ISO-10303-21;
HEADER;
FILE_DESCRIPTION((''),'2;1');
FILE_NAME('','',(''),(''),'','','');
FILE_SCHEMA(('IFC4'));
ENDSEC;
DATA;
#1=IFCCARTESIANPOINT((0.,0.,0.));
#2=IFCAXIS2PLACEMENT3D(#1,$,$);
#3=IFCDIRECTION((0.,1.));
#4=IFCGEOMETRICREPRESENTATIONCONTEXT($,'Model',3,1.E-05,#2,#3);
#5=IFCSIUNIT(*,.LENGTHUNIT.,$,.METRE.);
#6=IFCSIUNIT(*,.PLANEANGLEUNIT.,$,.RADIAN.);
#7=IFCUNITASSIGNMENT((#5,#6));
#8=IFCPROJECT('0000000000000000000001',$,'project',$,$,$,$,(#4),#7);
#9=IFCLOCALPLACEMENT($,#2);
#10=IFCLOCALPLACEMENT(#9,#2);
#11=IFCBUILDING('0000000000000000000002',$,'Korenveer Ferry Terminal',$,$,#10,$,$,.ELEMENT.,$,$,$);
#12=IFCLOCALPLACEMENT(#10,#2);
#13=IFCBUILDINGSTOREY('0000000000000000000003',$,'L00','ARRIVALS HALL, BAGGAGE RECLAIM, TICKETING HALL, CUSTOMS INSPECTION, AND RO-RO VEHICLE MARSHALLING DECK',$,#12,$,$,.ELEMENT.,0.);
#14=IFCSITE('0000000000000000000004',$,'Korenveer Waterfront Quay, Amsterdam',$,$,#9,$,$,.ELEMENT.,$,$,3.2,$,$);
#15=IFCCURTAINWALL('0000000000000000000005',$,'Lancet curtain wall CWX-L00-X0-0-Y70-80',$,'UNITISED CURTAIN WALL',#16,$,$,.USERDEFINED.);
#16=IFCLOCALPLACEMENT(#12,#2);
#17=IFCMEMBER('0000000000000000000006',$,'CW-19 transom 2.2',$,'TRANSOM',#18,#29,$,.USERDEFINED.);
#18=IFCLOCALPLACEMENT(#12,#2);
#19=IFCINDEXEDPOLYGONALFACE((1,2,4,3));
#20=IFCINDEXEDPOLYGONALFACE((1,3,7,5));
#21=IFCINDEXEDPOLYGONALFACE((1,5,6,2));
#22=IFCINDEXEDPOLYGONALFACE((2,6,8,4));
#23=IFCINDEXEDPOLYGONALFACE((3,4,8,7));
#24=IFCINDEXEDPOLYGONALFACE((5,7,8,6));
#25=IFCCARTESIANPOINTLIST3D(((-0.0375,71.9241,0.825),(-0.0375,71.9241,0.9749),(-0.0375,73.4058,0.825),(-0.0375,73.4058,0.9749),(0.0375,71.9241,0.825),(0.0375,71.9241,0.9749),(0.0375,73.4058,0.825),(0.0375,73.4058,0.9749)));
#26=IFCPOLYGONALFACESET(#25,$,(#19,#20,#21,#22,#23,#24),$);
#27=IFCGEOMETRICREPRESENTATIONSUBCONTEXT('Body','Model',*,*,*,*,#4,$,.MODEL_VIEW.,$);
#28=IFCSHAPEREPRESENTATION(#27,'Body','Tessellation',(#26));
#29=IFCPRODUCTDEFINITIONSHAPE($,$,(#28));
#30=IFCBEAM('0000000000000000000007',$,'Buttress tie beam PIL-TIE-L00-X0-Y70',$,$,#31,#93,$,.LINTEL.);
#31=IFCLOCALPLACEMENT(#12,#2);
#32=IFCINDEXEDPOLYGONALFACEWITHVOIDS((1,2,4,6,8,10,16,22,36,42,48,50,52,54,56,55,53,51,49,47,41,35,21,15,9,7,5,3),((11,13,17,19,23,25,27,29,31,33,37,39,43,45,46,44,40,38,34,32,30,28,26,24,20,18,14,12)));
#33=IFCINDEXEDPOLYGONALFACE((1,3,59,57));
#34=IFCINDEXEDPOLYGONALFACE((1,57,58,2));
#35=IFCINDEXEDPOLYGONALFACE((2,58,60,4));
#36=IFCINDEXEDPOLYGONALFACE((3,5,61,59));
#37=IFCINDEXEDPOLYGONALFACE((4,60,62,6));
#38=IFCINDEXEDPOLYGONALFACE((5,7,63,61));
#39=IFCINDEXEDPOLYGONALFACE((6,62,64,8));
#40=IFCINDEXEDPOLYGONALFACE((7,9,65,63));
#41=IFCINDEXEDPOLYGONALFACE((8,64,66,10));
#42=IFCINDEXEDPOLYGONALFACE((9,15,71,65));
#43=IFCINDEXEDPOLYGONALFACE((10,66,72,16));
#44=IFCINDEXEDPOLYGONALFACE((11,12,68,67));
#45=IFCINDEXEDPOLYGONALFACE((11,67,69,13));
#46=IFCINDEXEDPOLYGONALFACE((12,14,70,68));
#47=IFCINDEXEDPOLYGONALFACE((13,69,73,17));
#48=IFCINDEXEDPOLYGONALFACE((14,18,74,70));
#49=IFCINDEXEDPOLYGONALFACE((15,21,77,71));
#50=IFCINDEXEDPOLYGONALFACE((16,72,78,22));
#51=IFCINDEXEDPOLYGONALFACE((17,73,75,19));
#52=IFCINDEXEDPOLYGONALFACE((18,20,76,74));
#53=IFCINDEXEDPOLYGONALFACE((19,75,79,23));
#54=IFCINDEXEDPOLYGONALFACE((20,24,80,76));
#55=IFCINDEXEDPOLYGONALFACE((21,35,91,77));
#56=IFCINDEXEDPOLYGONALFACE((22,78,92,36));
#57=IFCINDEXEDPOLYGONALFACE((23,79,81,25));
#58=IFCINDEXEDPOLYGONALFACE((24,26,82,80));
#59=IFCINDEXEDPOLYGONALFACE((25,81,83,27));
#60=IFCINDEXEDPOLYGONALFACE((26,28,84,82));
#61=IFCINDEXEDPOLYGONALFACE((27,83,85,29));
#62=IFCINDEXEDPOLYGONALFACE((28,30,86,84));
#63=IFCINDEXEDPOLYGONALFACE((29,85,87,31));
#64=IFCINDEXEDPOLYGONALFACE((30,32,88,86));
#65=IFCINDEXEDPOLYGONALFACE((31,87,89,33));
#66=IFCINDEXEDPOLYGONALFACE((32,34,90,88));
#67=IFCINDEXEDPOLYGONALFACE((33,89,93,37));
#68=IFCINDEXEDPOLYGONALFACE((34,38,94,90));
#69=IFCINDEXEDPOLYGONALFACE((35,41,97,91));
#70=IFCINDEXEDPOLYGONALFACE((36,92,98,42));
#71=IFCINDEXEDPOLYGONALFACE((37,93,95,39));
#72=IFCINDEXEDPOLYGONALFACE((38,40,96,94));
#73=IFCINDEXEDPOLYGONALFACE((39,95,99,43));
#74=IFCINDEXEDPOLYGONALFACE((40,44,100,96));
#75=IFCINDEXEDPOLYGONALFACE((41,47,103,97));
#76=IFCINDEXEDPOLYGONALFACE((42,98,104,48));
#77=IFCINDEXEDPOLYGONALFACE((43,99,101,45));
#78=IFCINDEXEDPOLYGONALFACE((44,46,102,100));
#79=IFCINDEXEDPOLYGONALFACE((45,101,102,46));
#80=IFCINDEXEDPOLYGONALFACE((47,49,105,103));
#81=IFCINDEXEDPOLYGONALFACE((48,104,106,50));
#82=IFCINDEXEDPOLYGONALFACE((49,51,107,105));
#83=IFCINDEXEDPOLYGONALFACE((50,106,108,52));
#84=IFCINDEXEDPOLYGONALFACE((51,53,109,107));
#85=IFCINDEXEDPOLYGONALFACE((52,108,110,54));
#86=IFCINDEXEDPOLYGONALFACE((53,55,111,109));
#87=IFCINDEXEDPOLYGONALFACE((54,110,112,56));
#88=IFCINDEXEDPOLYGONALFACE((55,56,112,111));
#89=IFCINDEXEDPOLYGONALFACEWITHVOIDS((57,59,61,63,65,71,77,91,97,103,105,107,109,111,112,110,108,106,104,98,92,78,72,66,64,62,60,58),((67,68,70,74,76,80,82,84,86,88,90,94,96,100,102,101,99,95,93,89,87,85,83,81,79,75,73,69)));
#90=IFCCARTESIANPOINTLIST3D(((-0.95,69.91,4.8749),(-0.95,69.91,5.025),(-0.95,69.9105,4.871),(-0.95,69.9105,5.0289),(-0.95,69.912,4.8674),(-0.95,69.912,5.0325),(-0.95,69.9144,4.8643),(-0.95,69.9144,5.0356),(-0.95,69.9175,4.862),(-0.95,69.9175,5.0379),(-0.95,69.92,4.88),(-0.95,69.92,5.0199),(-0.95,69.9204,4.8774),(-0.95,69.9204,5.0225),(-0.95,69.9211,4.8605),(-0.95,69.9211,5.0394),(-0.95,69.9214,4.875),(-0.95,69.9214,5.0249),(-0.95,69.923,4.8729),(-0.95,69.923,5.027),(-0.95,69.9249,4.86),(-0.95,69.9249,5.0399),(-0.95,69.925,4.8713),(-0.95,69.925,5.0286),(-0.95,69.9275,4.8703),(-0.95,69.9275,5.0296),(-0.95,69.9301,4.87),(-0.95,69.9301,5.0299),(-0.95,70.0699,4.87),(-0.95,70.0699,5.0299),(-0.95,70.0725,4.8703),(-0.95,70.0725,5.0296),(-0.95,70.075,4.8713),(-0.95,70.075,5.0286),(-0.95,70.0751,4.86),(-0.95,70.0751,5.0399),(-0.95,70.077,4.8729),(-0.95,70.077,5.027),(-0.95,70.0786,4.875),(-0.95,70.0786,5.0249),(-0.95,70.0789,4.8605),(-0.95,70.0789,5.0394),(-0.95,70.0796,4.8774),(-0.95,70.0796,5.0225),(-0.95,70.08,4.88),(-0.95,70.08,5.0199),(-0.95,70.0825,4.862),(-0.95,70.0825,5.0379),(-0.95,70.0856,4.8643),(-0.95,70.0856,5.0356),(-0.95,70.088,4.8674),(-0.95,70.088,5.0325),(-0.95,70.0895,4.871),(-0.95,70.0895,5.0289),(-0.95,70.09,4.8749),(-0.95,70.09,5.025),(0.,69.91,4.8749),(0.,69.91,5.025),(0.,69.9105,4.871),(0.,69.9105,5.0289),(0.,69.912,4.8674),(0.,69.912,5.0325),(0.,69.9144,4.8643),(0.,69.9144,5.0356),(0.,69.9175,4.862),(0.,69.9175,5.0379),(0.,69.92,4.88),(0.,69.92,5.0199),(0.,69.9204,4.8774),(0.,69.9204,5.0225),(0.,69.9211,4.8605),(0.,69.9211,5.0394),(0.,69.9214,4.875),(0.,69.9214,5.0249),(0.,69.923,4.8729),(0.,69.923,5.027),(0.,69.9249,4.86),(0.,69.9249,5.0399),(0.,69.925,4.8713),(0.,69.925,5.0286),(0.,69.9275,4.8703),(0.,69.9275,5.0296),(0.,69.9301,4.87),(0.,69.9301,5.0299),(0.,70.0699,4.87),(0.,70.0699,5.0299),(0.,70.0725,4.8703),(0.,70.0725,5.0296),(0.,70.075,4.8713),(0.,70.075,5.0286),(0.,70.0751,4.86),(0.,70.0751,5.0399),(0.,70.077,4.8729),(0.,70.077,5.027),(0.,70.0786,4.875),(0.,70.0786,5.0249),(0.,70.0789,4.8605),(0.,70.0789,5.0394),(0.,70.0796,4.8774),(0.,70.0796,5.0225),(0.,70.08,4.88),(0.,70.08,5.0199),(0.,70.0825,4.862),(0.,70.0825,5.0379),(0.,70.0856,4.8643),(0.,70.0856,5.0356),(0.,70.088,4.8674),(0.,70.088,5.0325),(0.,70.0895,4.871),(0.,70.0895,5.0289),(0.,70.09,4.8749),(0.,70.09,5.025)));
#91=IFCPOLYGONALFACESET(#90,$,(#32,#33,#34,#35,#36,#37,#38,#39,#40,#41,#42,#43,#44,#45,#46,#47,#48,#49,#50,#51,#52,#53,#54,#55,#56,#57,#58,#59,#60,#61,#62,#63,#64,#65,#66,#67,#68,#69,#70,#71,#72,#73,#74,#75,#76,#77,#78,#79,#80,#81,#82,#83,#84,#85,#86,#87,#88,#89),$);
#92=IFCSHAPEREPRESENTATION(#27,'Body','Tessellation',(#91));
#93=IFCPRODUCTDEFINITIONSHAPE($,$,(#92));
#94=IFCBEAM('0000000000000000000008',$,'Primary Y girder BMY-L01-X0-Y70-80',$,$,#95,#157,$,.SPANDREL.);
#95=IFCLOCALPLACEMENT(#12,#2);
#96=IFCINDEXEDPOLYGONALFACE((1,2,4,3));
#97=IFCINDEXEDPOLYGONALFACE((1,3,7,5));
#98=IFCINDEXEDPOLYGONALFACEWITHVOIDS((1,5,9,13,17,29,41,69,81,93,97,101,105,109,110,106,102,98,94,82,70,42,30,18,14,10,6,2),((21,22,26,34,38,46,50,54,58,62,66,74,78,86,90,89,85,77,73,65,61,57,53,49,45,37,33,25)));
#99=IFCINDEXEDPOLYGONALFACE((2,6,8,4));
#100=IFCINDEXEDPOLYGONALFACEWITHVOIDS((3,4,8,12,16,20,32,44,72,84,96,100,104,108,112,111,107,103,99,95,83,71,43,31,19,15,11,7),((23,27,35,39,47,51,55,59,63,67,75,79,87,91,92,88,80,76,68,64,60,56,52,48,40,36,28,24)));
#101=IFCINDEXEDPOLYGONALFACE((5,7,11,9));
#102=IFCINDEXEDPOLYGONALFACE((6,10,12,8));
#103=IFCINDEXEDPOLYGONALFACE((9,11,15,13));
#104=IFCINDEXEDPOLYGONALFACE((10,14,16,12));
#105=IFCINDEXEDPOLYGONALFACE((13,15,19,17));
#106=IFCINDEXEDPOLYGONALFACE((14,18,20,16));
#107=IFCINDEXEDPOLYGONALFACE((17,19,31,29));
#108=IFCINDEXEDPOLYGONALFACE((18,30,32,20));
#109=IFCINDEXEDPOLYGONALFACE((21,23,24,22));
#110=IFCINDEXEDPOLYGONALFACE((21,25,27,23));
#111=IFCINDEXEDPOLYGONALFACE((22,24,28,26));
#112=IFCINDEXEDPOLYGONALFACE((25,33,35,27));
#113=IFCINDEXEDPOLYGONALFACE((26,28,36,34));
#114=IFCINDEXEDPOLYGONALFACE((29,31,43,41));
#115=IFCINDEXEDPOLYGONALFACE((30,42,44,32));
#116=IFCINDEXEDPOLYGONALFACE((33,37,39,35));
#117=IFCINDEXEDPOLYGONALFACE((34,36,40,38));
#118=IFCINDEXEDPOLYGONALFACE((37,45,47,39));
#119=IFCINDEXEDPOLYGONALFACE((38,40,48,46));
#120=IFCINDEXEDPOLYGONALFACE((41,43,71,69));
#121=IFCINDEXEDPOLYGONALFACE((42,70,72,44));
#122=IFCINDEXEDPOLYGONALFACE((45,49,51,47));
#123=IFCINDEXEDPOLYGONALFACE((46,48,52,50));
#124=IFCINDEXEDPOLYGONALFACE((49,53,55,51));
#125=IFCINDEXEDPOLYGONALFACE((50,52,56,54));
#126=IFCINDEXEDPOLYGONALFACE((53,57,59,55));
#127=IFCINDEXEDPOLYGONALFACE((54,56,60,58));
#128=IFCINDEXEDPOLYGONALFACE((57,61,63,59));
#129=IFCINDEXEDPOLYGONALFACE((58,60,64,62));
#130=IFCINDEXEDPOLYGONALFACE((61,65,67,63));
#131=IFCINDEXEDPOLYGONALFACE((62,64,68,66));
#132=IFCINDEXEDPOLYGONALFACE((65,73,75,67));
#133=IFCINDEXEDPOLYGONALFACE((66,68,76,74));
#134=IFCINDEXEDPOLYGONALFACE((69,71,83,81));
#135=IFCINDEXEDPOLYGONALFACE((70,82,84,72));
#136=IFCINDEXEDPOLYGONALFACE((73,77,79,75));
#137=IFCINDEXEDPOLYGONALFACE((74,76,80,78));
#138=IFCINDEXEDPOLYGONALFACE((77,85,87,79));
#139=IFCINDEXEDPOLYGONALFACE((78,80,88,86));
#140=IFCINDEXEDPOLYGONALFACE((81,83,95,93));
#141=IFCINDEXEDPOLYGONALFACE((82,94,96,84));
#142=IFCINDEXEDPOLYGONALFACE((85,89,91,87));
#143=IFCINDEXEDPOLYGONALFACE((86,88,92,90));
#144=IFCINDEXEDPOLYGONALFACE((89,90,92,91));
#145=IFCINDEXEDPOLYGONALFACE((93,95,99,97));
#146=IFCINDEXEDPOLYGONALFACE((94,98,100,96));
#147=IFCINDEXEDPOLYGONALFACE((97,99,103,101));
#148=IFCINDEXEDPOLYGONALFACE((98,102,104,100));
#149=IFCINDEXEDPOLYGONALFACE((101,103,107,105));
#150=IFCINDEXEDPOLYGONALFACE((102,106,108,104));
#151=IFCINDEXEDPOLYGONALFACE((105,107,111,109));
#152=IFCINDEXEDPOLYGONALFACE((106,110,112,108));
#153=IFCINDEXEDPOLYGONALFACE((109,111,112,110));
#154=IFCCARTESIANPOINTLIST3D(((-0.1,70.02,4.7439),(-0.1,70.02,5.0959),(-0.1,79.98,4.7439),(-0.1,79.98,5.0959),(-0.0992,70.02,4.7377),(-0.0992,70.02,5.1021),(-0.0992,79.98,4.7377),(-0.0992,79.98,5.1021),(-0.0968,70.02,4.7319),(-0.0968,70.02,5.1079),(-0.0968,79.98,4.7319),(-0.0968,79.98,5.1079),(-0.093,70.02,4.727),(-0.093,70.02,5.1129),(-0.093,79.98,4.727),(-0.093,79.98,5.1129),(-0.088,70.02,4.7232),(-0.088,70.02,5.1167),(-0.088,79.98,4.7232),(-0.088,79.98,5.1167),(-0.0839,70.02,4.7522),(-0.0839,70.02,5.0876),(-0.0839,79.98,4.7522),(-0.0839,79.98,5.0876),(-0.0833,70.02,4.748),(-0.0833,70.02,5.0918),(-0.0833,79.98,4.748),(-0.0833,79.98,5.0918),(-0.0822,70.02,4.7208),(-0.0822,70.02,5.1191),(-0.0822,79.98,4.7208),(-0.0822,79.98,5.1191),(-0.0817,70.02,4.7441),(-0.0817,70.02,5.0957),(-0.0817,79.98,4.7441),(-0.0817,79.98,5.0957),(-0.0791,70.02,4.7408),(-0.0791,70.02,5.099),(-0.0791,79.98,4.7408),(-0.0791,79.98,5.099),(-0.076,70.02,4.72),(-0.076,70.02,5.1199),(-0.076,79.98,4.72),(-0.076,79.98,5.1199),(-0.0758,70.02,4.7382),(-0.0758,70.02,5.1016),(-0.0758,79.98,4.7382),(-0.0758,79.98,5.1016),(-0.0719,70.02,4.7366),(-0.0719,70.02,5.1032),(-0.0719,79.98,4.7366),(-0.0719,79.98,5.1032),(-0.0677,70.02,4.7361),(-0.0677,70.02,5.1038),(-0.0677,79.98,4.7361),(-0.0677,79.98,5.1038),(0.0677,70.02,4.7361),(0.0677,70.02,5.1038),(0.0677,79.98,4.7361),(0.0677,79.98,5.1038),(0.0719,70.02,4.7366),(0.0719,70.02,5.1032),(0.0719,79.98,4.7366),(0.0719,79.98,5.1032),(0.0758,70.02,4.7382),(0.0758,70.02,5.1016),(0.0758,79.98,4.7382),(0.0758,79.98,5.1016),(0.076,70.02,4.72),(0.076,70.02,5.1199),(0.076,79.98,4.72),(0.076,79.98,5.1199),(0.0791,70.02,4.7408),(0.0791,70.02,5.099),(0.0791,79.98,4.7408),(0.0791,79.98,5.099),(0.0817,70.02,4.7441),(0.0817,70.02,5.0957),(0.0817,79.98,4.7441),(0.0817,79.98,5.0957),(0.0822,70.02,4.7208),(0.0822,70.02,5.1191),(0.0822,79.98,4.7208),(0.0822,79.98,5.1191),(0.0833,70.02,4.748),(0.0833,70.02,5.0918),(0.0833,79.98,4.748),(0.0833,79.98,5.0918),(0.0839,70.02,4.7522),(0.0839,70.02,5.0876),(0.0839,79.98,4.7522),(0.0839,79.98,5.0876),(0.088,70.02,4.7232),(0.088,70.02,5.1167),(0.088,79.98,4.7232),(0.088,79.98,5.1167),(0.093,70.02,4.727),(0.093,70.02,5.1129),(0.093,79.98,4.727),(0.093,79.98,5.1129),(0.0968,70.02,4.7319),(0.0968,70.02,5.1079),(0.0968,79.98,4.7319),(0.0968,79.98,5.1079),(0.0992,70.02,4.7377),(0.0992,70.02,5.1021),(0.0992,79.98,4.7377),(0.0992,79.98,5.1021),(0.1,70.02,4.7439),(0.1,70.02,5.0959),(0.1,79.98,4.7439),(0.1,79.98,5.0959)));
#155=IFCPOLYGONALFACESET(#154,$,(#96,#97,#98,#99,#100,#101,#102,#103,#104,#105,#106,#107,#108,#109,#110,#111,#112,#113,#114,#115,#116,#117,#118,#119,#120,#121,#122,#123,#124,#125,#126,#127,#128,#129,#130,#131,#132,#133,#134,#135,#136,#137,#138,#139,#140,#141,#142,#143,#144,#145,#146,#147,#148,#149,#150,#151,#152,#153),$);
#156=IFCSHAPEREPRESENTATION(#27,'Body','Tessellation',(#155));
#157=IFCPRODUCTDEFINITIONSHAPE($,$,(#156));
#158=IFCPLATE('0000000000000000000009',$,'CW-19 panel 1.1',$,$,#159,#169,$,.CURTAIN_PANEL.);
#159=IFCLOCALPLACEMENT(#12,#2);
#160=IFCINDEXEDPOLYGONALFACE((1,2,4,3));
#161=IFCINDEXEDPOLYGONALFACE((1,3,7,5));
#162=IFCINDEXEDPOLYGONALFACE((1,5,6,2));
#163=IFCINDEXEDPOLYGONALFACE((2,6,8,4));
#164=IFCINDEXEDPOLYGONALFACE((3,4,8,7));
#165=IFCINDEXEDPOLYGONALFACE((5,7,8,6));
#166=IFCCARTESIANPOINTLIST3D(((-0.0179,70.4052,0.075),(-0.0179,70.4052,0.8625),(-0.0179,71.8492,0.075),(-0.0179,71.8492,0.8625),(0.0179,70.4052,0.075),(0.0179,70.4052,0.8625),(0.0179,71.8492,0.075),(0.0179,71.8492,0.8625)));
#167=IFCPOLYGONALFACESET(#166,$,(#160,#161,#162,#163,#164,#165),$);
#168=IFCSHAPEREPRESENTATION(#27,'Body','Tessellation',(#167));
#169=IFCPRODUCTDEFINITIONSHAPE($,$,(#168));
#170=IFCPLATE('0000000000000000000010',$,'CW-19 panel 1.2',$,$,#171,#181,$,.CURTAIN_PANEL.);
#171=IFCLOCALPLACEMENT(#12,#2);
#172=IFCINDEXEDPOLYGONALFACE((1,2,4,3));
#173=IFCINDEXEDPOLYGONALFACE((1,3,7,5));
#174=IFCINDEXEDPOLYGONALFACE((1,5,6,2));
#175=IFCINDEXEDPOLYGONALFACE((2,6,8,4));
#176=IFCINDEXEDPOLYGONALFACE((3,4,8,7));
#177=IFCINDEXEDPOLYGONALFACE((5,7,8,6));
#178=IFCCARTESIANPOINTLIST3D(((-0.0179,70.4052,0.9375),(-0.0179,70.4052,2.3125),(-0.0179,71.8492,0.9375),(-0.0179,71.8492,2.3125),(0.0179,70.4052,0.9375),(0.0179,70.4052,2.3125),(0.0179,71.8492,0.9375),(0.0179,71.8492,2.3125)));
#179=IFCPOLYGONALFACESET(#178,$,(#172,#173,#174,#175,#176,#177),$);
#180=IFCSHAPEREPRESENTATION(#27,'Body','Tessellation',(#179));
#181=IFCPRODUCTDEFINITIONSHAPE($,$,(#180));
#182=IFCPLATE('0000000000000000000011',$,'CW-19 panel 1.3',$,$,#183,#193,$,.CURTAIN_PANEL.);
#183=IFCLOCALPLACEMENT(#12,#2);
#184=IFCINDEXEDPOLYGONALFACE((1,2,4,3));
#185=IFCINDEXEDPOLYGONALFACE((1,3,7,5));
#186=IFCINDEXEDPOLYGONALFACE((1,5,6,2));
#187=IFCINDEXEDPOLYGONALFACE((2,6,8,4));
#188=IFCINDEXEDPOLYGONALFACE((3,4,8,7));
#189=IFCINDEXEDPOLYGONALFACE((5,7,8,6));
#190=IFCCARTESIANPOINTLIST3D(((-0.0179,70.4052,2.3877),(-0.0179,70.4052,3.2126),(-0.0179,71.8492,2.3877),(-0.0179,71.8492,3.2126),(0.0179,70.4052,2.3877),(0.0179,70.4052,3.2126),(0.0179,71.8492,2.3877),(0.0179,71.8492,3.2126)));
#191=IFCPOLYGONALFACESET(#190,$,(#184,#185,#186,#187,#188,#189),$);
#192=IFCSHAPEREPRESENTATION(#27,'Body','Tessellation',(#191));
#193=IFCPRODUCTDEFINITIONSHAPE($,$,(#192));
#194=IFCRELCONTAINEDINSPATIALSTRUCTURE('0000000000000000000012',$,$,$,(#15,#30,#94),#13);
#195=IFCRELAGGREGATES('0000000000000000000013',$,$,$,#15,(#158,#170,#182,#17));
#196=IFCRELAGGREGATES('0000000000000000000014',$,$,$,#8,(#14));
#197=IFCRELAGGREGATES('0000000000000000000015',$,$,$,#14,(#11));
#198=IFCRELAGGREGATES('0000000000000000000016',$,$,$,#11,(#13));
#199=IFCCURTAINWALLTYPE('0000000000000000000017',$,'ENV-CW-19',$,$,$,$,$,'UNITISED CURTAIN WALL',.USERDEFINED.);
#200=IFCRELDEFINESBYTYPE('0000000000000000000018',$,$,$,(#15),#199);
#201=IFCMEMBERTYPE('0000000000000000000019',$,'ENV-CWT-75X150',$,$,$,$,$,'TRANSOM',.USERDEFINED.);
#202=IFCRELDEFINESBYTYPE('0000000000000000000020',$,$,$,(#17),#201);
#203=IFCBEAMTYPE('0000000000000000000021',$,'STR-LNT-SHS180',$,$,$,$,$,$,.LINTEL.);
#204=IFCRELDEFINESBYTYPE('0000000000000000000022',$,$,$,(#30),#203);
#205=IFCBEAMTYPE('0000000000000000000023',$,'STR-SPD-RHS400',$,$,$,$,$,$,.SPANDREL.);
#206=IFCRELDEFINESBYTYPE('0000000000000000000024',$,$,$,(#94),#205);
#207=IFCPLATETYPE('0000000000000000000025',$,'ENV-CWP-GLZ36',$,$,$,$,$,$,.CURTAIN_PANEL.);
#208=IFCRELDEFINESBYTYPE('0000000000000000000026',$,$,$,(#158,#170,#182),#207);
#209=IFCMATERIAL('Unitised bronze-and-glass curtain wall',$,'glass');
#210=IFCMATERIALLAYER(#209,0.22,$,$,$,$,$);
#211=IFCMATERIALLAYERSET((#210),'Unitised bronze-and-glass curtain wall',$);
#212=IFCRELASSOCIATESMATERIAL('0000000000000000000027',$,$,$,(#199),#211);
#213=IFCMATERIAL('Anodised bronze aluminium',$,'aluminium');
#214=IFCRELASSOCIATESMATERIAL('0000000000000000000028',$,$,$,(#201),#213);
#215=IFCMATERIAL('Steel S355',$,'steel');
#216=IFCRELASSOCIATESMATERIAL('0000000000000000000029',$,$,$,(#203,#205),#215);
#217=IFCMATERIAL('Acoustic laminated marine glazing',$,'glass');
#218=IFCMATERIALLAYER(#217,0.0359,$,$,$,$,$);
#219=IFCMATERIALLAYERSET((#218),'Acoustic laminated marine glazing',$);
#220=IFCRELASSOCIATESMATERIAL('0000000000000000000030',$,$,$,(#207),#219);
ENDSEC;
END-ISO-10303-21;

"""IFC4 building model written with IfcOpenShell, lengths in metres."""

from ifc_helpers import new_model, si_unit, direction, frame, origin, origin_2d, place, context, subcontext, project, spatial, rectangle, hollow_rectangle, extrude, material, layer, layer_set, material_profile, profile_set, type_object, element, aggregate, save


model = new_model("IFC4")

# Units and contexts
model_context = context("Model", 3, precision=1e-05, world=origin(), true_north=direction((0.0, 1.0)))
body_context = subcontext(model_context, "Body", "Model", "MODEL_VIEW")
ifc_project = project(units=[si_unit("LENGTHUNIT", "METRE"), si_unit("PLANEANGLEUNIT", "RADIAN")], contexts=[model_context])

# Site, building, storey
site_placement = place(None, origin())
site = spatial("IfcSite", under=ifc_project, at=site_placement, Name="Korenveer Waterfront Quay, Amsterdam", CompositionType="ELEMENT", RefElevation=3.2)
building_placement = place(site_placement, origin())
building = spatial("IfcBuilding", under=site, at=building_placement, Name="Korenveer Ferry Terminal", CompositionType="ELEMENT")
storey_placement = place(building_placement, origin())
storey = spatial("IfcBuildingStorey", under=building, at=storey_placement, Name="L00", Description="ARRIVALS HALL, BAGGAGE RECLAIM, TICKETING HALL, CUSTOMS INSPECTION, AND RO-RO VEHICLE MARSHALLING DECK", CompositionType="ELEMENT", Elevation=0.0)

# Curtain wall, member
ifc_material_1 = material(Name="Unitised bronze-and-glass curtain wall", Category="glass")
ifc_layer_1 = layer(ifc_material_1, 0.22)
ifc_layer_set_1 = layer_set([ifc_layer_1], Name="Unitised bronze-and-glass curtain wall")
curtain_wall_type = type_object("IfcCurtainWallType", Name="ENV-CW-19", ElementType="UNITISED CURTAIN WALL", PredefinedType="USERDEFINED", material=ifc_layer_set_1)
curtain_wall_placement = place(storey_placement, frame((0.0, 70.3301, 0.0)))
curtain_wall = element("IfcCurtainWall", 1, at=curtain_wall_placement, inside=storey, type_object=curtain_wall_type, Name="Lancet curtain wall CWX-L00-X0-0-Y70-80", ObjectType="UNITISED CURTAIN WALL", PredefinedType="USERDEFINED")
ifc_material_2 = material(Name="Anodised bronze aluminium", Category="aluminium")
ifc_material_profile_1 = material_profile(ifc_material_2, rectangle(XDim=0.075, YDim=0.1499, at=origin_2d()), Name="ALU 75x150")
ifc_profile_set_1 = profile_set([ifc_material_profile_1], Name="Anodised bronze aluminium")
member_type_1 = type_object("IfcMemberType", Name="ENV-CWT-75X150", ElementType="TRANSOM", PredefinedType="USERDEFINED", material=ifc_profile_set_1)
member_1_placement = place(storey_placement, frame((0.0, 71.9241, 0.8999), z_axis=(0.0, 1.0, 0.0), x_axis=(-1.0, 0.0, 0.0)))
member_1 = element("IfcMember", 2, at=member_1_placement, type_object=member_type_1, Name="CW-19 transom 2.2", ObjectType="TRANSOM", PredefinedType="USERDEFINED", context=body_context, shape_type="SweptSolid", body=[
    extrude(rectangle(XDim=0.075, YDim=0.1499, at=origin_2d()), origin(), (0.0, 0.0, 1.0), 1.4817),
])

# Beams
ifc_material_3 = material(Name="Steel S355", Category="steel")
ifc_material_profile_2 = material_profile(ifc_material_3, hollow_rectangle(XDim=0.1799, YDim=0.1799, WallThickness=0.01, InnerFilletRadius=0.01, OuterFilletRadius=0.0149, at=origin_2d()), Name="SHS 180x180x10")
ifc_profile_set_2 = profile_set([ifc_material_profile_2], Name="Steel S355")
beam_type_1 = type_object("IfcBeamType", Name="STR-LNT-SHS180", PredefinedType="LINTEL", material=ifc_profile_set_2)
beam_1_placement = place(storey_placement, frame((-0.95, 70.0, 4.95), z_axis=(1.0, 0.0, 0.0), x_axis=(0.0, 1.0, 0.0)))
element("IfcBeam", 3, at=beam_1_placement, inside=storey, type_object=beam_type_1, Name="Buttress tie beam PIL-TIE-L00-X0-Y70", PredefinedType="LINTEL", context=body_context, shape_type="SweptSolid", body=[
    extrude(hollow_rectangle(XDim=0.1799, YDim=0.1799, WallThickness=0.01, InnerFilletRadius=0.01, OuterFilletRadius=0.0149, at=origin_2d()), origin(), (0.0, 0.0, 1.0), 0.95),
])
ifc_material_profile_3 = material_profile(ifc_material_3, hollow_rectangle(XDim=0.2, YDim=0.3999, WallThickness=0.0161, InnerFilletRadius=0.0161, OuterFilletRadius=0.0239, at=origin_2d()), Name="RHS 400x200x16")
ifc_profile_set_3 = profile_set([ifc_material_profile_3], Name="Steel S355")
beam_type_2 = type_object("IfcBeamType", Name="STR-SPD-RHS400", PredefinedType="SPANDREL", material=ifc_profile_set_3)
beam_2_placement = place(storey_placement, frame((0.0, 70.02, 4.9199), z_axis=(0.0, 1.0, 0.0), x_axis=(-1.0, 0.0, 0.0)))
element("IfcBeam", 4, at=beam_2_placement, inside=storey, type_object=beam_type_2, Name="Primary Y girder BMY-L01-X0-Y70-80", PredefinedType="SPANDREL", context=body_context, shape_type="SweptSolid", body=[
    extrude(hollow_rectangle(XDim=0.2, YDim=0.3999, WallThickness=0.0161, InnerFilletRadius=0.0161, OuterFilletRadius=0.0239, at=origin_2d()), origin(), (0.0, 0.0, 1.0), 9.96),
])

# Plates
ifc_material_4 = material(Name="Acoustic laminated marine glazing", Category="glass")
ifc_layer_2 = layer(ifc_material_4, 0.0359)
ifc_layer_set_2 = layer_set([ifc_layer_2], Name="Acoustic laminated marine glazing")
plate_type_1 = type_object("IfcPlateType", Name="ENV-CWP-GLZ36", PredefinedType="CURTAIN_PANEL", material=ifc_layer_set_2)
plate_1_placement = place(storey_placement, frame((0.0, 71.1272, 0.075), z_axis=(0.0, 0.0, 1.0), x_axis=(0.0, 1.0, 0.0)))
plate_1 = element("IfcPlate", 5, at=plate_1_placement, type_object=plate_type_1, Name="CW-19 panel 1.1", PredefinedType="CURTAIN_PANEL", context=body_context, shape_type="SweptSolid", body=[
    extrude(rectangle(XDim=1.4441, YDim=0.0359, at=origin_2d()), origin(), (0.0, 0.0, 1.0), 0.7876),
])
plate_2_placement = place(storey_placement, frame((0.0, 71.1272, 0.9375), z_axis=(0.0, 0.0, 1.0), x_axis=(0.0, 1.0, 0.0)))
plate_2 = element("IfcPlate", 6, at=plate_2_placement, type_object=plate_type_1, Name="CW-19 panel 1.2", PredefinedType="CURTAIN_PANEL", context=body_context, shape_type="SweptSolid", body=[
    extrude(rectangle(XDim=1.4441, YDim=0.0359, at=origin_2d()), origin(), (0.0, 0.0, 1.0), 1.375),
])
plate_3_placement = place(storey_placement, frame((0.0, 71.1272, 2.3877), z_axis=(0.0, 0.0, 1.0), x_axis=(0.0, 1.0, 0.0)))
plate_3 = element("IfcPlate", 7, at=plate_3_placement, type_object=plate_type_1, Name="CW-19 panel 1.3", PredefinedType="CURTAIN_PANEL", context=body_context, shape_type="SweptSolid", body=[
    extrude(rectangle(XDim=1.4441, YDim=0.0359, at=origin_2d()), origin(), (0.0, 0.0, 1.0), 0.825),
])
aggregate(curtain_wall, [plate_1, plate_2, plate_3, member_1])

save(model, "model.ifc")
